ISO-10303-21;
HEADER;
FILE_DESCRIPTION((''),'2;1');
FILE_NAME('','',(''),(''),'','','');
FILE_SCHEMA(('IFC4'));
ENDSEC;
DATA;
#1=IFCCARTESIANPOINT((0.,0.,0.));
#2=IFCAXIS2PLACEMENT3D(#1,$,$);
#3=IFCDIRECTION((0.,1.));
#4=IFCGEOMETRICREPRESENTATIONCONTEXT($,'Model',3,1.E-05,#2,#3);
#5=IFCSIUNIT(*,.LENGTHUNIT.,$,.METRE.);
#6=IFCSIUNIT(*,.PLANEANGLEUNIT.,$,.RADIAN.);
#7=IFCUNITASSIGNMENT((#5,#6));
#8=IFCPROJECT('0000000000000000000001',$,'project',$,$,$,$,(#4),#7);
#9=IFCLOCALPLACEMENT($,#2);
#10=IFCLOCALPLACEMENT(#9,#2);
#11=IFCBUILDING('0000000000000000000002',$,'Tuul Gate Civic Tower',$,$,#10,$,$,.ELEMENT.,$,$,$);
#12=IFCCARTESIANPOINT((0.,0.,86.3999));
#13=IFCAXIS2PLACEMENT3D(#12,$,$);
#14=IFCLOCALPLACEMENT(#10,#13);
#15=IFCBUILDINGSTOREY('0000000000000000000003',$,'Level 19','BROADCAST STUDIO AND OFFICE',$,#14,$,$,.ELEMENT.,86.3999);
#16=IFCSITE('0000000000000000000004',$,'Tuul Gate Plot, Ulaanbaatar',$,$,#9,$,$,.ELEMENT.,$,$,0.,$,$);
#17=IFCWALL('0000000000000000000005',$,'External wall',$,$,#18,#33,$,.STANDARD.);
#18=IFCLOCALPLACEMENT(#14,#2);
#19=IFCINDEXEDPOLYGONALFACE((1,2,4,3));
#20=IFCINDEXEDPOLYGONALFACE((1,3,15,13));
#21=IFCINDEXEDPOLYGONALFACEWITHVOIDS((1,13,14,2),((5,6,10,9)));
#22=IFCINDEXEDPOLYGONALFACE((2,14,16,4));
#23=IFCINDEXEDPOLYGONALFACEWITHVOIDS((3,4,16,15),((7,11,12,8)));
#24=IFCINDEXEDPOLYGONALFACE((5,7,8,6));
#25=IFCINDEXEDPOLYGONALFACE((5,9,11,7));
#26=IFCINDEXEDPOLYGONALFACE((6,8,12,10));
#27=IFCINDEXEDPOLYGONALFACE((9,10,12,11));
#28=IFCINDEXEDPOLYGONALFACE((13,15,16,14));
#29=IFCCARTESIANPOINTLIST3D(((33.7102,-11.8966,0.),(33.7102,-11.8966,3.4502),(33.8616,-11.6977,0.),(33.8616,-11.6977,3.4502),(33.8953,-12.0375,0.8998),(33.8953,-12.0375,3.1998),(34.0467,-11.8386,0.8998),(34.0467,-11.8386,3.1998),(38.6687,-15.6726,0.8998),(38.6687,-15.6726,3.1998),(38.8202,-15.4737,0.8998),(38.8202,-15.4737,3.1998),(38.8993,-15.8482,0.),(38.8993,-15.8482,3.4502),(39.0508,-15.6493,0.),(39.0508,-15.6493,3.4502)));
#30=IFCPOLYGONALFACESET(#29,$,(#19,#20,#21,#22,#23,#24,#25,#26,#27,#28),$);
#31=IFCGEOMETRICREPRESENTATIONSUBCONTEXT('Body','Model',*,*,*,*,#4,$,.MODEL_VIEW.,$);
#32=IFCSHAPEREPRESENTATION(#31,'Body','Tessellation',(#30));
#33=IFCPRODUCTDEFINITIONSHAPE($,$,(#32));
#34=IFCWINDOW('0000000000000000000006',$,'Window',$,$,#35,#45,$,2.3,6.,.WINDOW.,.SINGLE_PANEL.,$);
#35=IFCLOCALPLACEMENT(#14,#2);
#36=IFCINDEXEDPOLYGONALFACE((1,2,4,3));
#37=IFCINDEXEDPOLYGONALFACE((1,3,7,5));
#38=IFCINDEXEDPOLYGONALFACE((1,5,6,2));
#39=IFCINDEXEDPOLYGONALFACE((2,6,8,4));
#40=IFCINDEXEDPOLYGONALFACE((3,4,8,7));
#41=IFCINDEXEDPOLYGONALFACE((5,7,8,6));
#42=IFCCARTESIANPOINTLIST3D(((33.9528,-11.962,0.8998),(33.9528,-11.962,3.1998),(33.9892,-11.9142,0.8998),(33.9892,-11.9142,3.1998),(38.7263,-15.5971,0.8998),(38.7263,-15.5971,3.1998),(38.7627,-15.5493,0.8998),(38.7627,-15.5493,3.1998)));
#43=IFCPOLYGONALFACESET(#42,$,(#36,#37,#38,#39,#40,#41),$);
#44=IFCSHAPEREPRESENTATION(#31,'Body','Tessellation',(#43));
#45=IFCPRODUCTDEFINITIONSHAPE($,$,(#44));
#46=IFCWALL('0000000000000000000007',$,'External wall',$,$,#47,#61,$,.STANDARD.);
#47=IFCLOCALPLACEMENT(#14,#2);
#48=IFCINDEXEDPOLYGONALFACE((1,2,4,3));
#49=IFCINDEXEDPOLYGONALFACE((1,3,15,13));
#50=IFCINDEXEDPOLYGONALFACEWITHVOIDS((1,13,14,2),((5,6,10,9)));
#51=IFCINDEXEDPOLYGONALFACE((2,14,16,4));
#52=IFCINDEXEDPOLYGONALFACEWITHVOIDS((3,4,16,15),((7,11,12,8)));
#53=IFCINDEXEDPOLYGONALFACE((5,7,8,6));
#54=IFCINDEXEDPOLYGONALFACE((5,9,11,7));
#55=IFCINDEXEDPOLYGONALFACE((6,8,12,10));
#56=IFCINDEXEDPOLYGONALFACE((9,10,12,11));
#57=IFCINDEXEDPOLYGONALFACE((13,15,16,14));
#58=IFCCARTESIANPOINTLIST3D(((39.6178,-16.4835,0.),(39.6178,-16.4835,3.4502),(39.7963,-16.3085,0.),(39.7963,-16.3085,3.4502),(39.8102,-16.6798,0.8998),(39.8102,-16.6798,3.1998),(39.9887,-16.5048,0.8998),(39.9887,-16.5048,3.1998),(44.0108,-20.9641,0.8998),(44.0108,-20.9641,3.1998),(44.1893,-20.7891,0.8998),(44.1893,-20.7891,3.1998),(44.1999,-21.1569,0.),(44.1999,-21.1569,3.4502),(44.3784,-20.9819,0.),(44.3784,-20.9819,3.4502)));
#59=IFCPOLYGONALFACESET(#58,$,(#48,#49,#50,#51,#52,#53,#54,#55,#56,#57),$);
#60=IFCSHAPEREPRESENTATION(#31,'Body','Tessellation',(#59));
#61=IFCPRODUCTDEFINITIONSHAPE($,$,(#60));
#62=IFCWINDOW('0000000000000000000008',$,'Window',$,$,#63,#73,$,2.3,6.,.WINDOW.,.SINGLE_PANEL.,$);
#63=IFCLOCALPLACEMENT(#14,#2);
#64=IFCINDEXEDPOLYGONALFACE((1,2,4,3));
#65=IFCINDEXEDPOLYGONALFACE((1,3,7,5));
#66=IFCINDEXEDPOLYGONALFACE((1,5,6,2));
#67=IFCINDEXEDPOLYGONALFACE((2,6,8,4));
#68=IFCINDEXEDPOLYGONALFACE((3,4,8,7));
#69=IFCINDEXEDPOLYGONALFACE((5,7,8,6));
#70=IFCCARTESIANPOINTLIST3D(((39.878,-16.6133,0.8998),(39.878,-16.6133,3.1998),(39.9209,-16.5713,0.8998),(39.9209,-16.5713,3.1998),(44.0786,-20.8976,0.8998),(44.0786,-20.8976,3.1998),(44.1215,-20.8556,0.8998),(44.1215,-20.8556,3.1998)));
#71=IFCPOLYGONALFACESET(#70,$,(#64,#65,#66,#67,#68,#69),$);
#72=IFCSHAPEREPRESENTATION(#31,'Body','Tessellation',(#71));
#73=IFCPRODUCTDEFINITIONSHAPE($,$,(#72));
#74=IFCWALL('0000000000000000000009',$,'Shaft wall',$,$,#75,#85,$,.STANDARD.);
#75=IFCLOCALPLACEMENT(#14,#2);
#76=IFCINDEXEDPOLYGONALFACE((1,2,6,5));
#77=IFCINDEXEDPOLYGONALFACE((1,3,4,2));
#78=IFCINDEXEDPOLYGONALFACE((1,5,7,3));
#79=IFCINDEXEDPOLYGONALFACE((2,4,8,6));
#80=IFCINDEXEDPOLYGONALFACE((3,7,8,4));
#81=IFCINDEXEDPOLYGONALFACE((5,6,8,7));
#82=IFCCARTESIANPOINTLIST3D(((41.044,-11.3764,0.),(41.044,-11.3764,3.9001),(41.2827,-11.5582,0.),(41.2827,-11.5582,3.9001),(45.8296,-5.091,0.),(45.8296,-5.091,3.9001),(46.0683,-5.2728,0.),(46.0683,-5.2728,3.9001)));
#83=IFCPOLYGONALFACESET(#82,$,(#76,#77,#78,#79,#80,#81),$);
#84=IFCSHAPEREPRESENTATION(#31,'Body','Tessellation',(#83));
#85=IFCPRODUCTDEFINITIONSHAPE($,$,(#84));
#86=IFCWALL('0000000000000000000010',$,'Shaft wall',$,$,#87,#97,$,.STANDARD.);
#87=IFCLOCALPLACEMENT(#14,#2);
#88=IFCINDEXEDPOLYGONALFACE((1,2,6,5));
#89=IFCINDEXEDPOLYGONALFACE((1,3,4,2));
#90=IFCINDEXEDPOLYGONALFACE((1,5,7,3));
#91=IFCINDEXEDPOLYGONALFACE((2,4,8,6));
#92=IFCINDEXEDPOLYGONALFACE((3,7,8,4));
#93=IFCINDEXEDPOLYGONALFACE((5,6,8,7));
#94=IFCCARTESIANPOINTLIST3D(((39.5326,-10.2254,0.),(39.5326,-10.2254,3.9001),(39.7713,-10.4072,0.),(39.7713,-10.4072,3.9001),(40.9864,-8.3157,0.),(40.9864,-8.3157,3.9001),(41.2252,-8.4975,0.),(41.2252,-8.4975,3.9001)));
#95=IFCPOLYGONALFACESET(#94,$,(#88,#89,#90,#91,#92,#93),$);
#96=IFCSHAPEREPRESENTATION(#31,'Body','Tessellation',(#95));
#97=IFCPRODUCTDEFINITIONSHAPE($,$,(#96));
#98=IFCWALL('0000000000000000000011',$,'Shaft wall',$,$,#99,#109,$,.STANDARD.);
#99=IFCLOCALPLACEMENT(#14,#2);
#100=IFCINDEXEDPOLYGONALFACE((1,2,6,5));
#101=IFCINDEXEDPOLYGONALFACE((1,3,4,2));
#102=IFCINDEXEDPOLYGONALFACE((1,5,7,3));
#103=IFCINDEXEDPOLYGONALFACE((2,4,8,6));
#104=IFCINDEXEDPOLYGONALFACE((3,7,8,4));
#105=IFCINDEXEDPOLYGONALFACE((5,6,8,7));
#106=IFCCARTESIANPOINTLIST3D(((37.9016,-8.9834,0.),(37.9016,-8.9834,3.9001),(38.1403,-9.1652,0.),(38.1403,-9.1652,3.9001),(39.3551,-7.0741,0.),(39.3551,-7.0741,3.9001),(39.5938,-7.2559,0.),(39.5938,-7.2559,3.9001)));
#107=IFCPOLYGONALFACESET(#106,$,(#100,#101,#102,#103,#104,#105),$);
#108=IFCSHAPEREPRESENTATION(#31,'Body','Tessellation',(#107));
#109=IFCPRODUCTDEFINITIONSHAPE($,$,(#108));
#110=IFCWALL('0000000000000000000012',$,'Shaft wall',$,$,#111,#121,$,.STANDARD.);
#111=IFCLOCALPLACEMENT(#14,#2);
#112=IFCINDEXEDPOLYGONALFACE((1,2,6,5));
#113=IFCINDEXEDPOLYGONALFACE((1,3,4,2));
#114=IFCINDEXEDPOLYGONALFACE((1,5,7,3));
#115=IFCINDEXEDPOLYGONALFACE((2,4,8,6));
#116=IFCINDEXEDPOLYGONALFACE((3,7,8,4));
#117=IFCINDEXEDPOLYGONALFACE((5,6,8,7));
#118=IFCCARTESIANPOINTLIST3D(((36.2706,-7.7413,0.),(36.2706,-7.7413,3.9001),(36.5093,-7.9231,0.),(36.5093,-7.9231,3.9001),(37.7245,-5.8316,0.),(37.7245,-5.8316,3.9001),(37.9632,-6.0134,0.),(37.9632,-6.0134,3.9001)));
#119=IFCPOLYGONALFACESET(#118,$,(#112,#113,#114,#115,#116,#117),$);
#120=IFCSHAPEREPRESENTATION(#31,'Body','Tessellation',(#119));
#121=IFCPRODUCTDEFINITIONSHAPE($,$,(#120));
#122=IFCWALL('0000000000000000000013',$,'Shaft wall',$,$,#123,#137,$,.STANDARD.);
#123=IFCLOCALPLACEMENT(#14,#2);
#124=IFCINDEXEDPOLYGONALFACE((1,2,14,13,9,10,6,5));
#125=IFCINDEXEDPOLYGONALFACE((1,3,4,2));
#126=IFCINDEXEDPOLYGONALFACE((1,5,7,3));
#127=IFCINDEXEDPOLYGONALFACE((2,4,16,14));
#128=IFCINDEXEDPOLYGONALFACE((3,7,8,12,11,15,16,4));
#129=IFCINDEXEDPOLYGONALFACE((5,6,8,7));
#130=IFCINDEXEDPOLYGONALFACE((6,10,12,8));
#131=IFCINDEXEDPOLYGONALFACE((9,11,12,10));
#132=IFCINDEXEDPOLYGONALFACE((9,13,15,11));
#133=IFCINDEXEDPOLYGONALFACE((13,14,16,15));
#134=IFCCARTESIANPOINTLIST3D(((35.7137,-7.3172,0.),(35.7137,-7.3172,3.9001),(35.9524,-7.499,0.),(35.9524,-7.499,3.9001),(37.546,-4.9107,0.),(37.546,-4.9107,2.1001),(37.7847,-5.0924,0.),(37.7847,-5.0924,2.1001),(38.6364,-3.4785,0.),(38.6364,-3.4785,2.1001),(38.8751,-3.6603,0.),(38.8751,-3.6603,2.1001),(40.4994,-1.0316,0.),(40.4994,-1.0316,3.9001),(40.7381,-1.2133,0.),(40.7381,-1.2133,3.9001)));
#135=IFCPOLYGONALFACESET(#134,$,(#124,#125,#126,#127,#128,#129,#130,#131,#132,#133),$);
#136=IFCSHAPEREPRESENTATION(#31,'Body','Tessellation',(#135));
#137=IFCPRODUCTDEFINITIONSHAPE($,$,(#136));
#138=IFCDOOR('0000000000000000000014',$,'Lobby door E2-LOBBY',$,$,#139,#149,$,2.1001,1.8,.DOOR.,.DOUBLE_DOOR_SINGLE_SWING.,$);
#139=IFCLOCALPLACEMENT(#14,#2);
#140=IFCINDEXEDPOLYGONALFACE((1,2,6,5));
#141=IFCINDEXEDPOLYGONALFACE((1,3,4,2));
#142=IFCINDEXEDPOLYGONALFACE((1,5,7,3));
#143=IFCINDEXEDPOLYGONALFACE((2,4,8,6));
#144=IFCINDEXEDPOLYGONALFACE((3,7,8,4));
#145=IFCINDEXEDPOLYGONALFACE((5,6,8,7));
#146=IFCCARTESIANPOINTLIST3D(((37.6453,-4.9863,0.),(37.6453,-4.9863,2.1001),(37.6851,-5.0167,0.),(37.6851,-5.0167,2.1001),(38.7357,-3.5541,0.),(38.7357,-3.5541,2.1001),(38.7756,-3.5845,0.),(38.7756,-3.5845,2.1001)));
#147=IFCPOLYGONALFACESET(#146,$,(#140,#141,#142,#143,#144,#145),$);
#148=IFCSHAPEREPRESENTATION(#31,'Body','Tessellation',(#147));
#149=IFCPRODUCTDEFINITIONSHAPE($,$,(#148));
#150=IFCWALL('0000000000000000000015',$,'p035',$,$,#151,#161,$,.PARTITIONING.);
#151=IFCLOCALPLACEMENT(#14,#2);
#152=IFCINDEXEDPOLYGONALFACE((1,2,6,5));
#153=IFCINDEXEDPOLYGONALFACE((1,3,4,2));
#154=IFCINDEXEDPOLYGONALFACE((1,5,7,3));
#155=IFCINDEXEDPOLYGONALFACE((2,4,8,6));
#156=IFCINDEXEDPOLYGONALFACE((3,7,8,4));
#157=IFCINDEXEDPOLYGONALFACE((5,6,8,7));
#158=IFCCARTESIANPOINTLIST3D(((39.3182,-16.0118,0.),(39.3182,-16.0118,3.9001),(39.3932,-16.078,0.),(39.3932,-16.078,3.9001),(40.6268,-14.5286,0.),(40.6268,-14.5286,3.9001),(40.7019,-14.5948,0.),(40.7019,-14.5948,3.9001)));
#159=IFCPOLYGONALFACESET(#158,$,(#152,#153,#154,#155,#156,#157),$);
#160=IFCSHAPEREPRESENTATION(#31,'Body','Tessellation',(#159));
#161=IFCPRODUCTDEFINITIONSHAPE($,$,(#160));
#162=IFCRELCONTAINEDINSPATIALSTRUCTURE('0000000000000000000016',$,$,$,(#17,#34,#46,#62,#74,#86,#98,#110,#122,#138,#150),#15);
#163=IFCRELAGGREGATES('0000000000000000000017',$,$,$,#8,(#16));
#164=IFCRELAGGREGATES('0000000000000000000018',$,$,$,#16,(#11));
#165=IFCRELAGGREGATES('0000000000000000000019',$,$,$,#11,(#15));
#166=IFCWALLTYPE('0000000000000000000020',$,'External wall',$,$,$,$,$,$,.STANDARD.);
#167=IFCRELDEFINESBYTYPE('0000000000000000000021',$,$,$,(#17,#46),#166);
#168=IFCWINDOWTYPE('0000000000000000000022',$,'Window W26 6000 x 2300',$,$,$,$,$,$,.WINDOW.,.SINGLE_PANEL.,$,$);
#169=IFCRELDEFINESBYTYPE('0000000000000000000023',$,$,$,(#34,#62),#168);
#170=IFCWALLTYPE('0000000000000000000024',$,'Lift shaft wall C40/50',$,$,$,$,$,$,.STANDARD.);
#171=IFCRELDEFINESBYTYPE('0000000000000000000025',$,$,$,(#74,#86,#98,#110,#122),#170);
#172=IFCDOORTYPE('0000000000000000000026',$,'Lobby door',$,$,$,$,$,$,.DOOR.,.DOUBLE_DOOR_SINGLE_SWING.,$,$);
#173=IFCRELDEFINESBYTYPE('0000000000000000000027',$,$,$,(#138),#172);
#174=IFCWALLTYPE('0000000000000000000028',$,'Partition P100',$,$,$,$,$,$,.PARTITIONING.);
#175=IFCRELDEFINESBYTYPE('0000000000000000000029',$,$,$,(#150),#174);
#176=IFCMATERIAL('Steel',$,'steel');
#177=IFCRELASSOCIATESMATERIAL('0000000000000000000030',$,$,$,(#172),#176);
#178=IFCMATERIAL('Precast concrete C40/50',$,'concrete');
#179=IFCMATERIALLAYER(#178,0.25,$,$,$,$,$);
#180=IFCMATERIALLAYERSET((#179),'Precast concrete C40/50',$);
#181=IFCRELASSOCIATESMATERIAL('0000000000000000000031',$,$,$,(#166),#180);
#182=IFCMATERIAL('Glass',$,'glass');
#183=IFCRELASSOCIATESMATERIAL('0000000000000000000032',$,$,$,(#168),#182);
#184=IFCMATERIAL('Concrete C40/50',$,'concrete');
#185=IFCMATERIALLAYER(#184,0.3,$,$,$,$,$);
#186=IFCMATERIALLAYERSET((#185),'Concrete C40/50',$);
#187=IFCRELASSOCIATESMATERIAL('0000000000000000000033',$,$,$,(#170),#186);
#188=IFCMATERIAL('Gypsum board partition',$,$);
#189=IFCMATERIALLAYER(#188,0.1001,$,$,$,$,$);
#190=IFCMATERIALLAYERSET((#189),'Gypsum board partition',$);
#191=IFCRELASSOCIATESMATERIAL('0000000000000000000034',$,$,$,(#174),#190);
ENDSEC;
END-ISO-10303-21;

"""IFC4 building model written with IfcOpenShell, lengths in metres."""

from ifc_helpers import new_model, si_unit, direction, frame, frame_2d, origin, place, context, subcontext, project, spatial, rectangle, extrude, material, layer, layer_set, type_object, element, fill, save


model = new_model("IFC4")

# Units and contexts
model_context = context("Model", 3, precision=1e-05, world=origin(), true_north=direction((0.0, 1.0)))
body_context = subcontext(model_context, "Body", "Model", "MODEL_VIEW")
ifc_project = project(units=[si_unit("LENGTHUNIT", "METRE"), si_unit("PLANEANGLEUNIT", "RADIAN")], contexts=[model_context])

# Site, building, storey
site_placement = place(None, origin())
site = spatial("IfcSite", under=ifc_project, at=site_placement, Name="Tuul Gate Plot, Ulaanbaatar", CompositionType="ELEMENT", RefElevation=0.0)
building_placement = place(site_placement, origin())
building = spatial("IfcBuilding", under=site, at=building_placement, Name="Tuul Gate Civic Tower", CompositionType="ELEMENT")
storey_placement = place(building_placement, frame((0.0, 0.0, 86.3999)))
storey = spatial("IfcBuildingStorey", under=building, at=storey_placement, Name="Level 19", Description="BROADCAST STUDIO AND OFFICE", CompositionType="ELEMENT", Elevation=86.3999)

# Shared definitions
ifc_material_1 = material(Name="Steel", Category="steel")
door_type = type_object("IfcDoorType", Name="Lobby door", OperationType="DOUBLE_DOOR_SINGLE_SWING", PredefinedType="DOOR", material=ifc_material_1)

# Walls, openings, windows
ifc_material_2 = material(Name="Precast concrete C40/50", Category="concrete")
ifc_layer_1 = layer(ifc_material_2, 0.25)
ifc_layer_set_1 = layer_set([ifc_layer_1], Name="Precast concrete C40/50")
wall_type_1 = type_object("IfcWallType", Name="External wall", PredefinedType="STANDARD", material=ifc_layer_set_1)
wall_1_placement = place(storey_placement, frame((33.7859, -11.7971, 0.0), z_axis=(0.0, 0.0, 1.0), x_axis=(0.795581, -0.605847, 0.0)))
wall_1 = element("IfcWall", 1, at=wall_1_placement, inside=storey, type_object=wall_type_1, Name="External wall", PredefinedType="STANDARD", context=body_context, shape_type="SweptSolid", body=[
    extrude(rectangle(XDim=6.5225, YDim=0.25, at=frame_2d((3.2612, 0.0))), origin(), (0.0, 0.0, 1.0), 3.4502),
])
opening_1_placement = place(wall_1_placement, frame((0.2327, 0.0, 0.8999)))
opening_1 = element("IfcOpeningElement", 2, at=opening_1_placement, cuts=wall_1, PredefinedType="OPENING", context=body_context, shape_type="SweptSolid", body=[
    extrude(rectangle(XDim=6.0, YDim=2.3, at=frame_2d((3.0, 1.1499))), frame((0.0, 0.135, 0.0), z_axis=(0.0, -1.0, 0.0), x_axis=(1.0, 0.0, 0.0)), (0.0, 0.0, 1.0), 0.27),
])
ifc_material_3 = material(Name="Glass", Category="glass")
window_type = type_object("IfcWindowType", Name="Window W26 6000 x 2300", PartitioningType="SINGLE_PANEL", PredefinedType="WINDOW", material=ifc_material_3)
window_1_placement = place(opening_1_placement, origin())
window_1 = element("IfcWindow", 3, at=window_1_placement, inside=storey, type_object=window_type, Name="Window", OverallHeight=2.3, OverallWidth=6.0, PartitioningType="SINGLE_PANEL", PredefinedType="WINDOW", context=body_context, shape_type="SweptSolid", body=[
    extrude(rectangle(XDim=6.0, YDim=2.3, at=frame_2d((3.0, 1.1499))), frame((0.0, 0.03, 0.0), z_axis=(0.0, -1.0, 0.0), x_axis=(1.0, 0.0, 0.0)), (0.0, 0.0, 1.0), 0.0601),
])
fill(opening_1, window_1)
wall_2_placement = place(storey_placement, frame((39.707, -16.396, 0.0), z_axis=(0.0, 0.0, 1.0), x_axis=(0.700097, -0.714048, 0.0)))
wall_2 = element("IfcWall", 4, at=wall_2_placement, inside=storey, type_object=wall_type_1, Name="External wall", PredefinedType="STANDARD", context=body_context, shape_type="SweptSolid", body=[
    extrude(rectangle(XDim=6.5449, YDim=0.25, at=frame_2d((3.2725, 0.0))), origin(), (0.0, 0.0, 1.0), 3.4502),
])
opening_2_placement = place(wall_2_placement, frame((0.2749, 0.0, 0.8999)))
opening_2 = element("IfcOpeningElement", 5, at=opening_2_placement, cuts=wall_2, PredefinedType="OPENING", context=body_context, shape_type="SweptSolid", body=[
    extrude(rectangle(XDim=6.0, YDim=2.3, at=frame_2d((3.0, 1.1499))), frame((0.0, 0.135, 0.0), z_axis=(0.0, -1.0, 0.0), x_axis=(1.0, 0.0, 0.0)), (0.0, 0.0, 1.0), 0.27),
])
window_2_placement = place(opening_2_placement, origin())
window_2 = element("IfcWindow", 6, at=window_2_placement, inside=storey, type_object=window_type, Name="Window", OverallHeight=2.3, OverallWidth=6.0, PartitioningType="SINGLE_PANEL", PredefinedType="WINDOW", context=body_context, shape_type="SweptSolid", body=[
    extrude(rectangle(XDim=6.0, YDim=2.3, at=frame_2d((3.0, 1.1499))), frame((0.0, 0.03, 0.0), z_axis=(0.0, -1.0, 0.0), x_axis=(1.0, 0.0, 0.0)), (0.0, 0.0, 1.0), 0.0601),
])
fill(opening_2, window_2)

# Walls
ifc_material_4 = material(Name="Concrete C40/50", Category="concrete")
ifc_layer_2 = layer(ifc_material_4, 0.3)
ifc_layer_set_2 = layer_set([ifc_layer_2], Name="Concrete C40/50")
wall_type_2 = type_object("IfcWallType", Name="Lift shaft wall C40/50", PredefinedType="STANDARD", material=ifc_layer_set_2)
wall_3_placement = place(storey_placement, frame((41.1633, -11.4673, 0.0), z_axis=(0.0, 0.0, 1.0), x_axis=(0.605784, 0.795629, 0.0)))
element("IfcWall", 7, at=wall_3_placement, inside=storey, type_object=wall_type_2, Name="Shaft wall", PredefinedType="STANDARD", context=body_context, shape_type="SweptSolid", body=[
    extrude(rectangle(XDim=7.8999, YDim=0.3, at=frame_2d((3.95, 0.0))), origin(), (0.0, 0.0, 1.0), 3.9001),
])
wall_4_placement = place(storey_placement, frame((39.6519, -10.3164, 0.0), z_axis=(0.0, 0.0, 1.0), x_axis=(0.605746, 0.795658, 0.0)))
element("IfcWall", 8, at=wall_4_placement, inside=storey, type_object=wall_type_2, Name="Shaft wall", PredefinedType="STANDARD", context=body_context, shape_type="SweptSolid", body=[
    extrude(rectangle(XDim=2.4001, YDim=0.3, at=frame_2d((1.2002, 0.0))), origin(), (0.0, 0.0, 1.0), 3.9001),
])
wall_5_placement = place(storey_placement, frame((38.021, -9.0742, 0.0), z_axis=(0.0, 0.0, 1.0), x_axis=(0.605731, 0.79567, 0.0)))
element("IfcWall", 9, at=wall_5_placement, inside=storey, type_object=wall_type_2, Name="Shaft wall", PredefinedType="STANDARD", context=body_context, shape_type="SweptSolid", body=[
    extrude(rectangle(XDim=2.3997, YDim=0.3, at=frame_2d((1.1997, 0.0))), origin(), (0.0, 0.0, 1.0), 3.9001),
])
wall_6_placement = place(storey_placement, frame((36.3899, -7.8323, 0.0), z_axis=(0.0, 0.0, 1.0), x_axis=(0.605746, 0.795658, 0.0)))
element("IfcWall", 10, at=wall_6_placement, inside=storey, type_object=wall_type_2, Name="Shaft wall", PredefinedType="STANDARD", context=body_context, shape_type="SweptSolid", body=[
    extrude(rectangle(XDim=2.4001, YDim=0.3, at=frame_2d((1.2002, 0.0))), origin(), (0.0, 0.0, 1.0), 3.9001),
])

# Wall, opening, door
wall_7_placement = place(storey_placement, frame((35.833, -7.4082, 0.0), z_axis=(0.0, 0.0, 1.0), x_axis=(0.605769, 0.79564, 0.0)))
wall_7 = element("IfcWall", 11, at=wall_7_placement, inside=storey, type_object=wall_type_2, Name="Shaft wall", PredefinedType="STANDARD", context=body_context, shape_type="SweptSolid", body=[
    extrude(rectangle(XDim=7.9001, YDim=0.3, at=frame_2d((3.9502, 0.0))), origin(), (0.0, 0.0, 1.0), 3.9001),
])
opening_3_placement = place(wall_7_placement, frame((3.0249, 0.0, 0.0)))
opening_3 = element("IfcOpeningElement", 12, at=opening_3_placement, cuts=wall_7, PredefinedType="OPENING", context=body_context, shape_type="SweptSolid", body=[
    extrude(rectangle(XDim=1.8, YDim=2.1001, at=frame_2d((0.8999, 1.05))), frame((0.0, 0.1602, 0.0), z_axis=(0.0, -1.0, 0.0), x_axis=(1.0, 0.0, 0.0)), (0.0, 0.0, 1.0), 0.3201),
])
door_1_placement = place(opening_3_placement, frame((1.8, 0.0, 0.0), z_axis=(0.0, 0.0, 1.0), x_axis=(-1.0, 0.0, 0.0)))
door_1 = element("IfcDoor", 13, at=door_1_placement, inside=storey, type_object=door_type, Name="Lobby door E2-LOBBY", OperationType="DOUBLE_DOOR_SINGLE_SWING", OverallHeight=2.1001, OverallWidth=1.8, PredefinedType="DOOR", context=body_context, shape_type="SweptSolid", body=[
    extrude(rectangle(XDim=1.8, YDim=2.1001, at=frame_2d((0.9001, 1.05))), frame((0.0, 0.0249, 0.0), z_axis=(0.0, -1.0, 0.0), x_axis=(1.0, 0.0, 0.0)), (0.0, 0.0, 1.0), 0.05),
])
fill(opening_3, door_1)

# Wall
ifc_material_5 = material(Name="Gypsum board partition")
ifc_layer_3 = layer(ifc_material_5, 0.1001)
ifc_layer_set_3 = layer_set([ifc_layer_3], Name="Gypsum board partition")
wall_type_3 = type_object("IfcWallType", Name="Partition P100", PredefinedType="PARTITIONING", material=ifc_layer_set_3)
wall_8_placement = place(storey_placement, frame((39.3557, -16.0449, 0.0), z_axis=(0.0, 0.0, 1.0), x_axis=(0.661601, 0.749856, 0.0)))
element("IfcWall", 14, at=wall_8_placement, inside=storey, type_object=wall_type_3, Name="p035", PredefinedType="PARTITIONING", context=body_context, shape_type="SweptSolid", body=[
    extrude(rectangle(XDim=1.978, YDim=0.1001, at=frame_2d((0.989, 0.0))), origin(), (0.0, 0.0, 1.0), 3.9001),
])

save(model, "model.ifc")
